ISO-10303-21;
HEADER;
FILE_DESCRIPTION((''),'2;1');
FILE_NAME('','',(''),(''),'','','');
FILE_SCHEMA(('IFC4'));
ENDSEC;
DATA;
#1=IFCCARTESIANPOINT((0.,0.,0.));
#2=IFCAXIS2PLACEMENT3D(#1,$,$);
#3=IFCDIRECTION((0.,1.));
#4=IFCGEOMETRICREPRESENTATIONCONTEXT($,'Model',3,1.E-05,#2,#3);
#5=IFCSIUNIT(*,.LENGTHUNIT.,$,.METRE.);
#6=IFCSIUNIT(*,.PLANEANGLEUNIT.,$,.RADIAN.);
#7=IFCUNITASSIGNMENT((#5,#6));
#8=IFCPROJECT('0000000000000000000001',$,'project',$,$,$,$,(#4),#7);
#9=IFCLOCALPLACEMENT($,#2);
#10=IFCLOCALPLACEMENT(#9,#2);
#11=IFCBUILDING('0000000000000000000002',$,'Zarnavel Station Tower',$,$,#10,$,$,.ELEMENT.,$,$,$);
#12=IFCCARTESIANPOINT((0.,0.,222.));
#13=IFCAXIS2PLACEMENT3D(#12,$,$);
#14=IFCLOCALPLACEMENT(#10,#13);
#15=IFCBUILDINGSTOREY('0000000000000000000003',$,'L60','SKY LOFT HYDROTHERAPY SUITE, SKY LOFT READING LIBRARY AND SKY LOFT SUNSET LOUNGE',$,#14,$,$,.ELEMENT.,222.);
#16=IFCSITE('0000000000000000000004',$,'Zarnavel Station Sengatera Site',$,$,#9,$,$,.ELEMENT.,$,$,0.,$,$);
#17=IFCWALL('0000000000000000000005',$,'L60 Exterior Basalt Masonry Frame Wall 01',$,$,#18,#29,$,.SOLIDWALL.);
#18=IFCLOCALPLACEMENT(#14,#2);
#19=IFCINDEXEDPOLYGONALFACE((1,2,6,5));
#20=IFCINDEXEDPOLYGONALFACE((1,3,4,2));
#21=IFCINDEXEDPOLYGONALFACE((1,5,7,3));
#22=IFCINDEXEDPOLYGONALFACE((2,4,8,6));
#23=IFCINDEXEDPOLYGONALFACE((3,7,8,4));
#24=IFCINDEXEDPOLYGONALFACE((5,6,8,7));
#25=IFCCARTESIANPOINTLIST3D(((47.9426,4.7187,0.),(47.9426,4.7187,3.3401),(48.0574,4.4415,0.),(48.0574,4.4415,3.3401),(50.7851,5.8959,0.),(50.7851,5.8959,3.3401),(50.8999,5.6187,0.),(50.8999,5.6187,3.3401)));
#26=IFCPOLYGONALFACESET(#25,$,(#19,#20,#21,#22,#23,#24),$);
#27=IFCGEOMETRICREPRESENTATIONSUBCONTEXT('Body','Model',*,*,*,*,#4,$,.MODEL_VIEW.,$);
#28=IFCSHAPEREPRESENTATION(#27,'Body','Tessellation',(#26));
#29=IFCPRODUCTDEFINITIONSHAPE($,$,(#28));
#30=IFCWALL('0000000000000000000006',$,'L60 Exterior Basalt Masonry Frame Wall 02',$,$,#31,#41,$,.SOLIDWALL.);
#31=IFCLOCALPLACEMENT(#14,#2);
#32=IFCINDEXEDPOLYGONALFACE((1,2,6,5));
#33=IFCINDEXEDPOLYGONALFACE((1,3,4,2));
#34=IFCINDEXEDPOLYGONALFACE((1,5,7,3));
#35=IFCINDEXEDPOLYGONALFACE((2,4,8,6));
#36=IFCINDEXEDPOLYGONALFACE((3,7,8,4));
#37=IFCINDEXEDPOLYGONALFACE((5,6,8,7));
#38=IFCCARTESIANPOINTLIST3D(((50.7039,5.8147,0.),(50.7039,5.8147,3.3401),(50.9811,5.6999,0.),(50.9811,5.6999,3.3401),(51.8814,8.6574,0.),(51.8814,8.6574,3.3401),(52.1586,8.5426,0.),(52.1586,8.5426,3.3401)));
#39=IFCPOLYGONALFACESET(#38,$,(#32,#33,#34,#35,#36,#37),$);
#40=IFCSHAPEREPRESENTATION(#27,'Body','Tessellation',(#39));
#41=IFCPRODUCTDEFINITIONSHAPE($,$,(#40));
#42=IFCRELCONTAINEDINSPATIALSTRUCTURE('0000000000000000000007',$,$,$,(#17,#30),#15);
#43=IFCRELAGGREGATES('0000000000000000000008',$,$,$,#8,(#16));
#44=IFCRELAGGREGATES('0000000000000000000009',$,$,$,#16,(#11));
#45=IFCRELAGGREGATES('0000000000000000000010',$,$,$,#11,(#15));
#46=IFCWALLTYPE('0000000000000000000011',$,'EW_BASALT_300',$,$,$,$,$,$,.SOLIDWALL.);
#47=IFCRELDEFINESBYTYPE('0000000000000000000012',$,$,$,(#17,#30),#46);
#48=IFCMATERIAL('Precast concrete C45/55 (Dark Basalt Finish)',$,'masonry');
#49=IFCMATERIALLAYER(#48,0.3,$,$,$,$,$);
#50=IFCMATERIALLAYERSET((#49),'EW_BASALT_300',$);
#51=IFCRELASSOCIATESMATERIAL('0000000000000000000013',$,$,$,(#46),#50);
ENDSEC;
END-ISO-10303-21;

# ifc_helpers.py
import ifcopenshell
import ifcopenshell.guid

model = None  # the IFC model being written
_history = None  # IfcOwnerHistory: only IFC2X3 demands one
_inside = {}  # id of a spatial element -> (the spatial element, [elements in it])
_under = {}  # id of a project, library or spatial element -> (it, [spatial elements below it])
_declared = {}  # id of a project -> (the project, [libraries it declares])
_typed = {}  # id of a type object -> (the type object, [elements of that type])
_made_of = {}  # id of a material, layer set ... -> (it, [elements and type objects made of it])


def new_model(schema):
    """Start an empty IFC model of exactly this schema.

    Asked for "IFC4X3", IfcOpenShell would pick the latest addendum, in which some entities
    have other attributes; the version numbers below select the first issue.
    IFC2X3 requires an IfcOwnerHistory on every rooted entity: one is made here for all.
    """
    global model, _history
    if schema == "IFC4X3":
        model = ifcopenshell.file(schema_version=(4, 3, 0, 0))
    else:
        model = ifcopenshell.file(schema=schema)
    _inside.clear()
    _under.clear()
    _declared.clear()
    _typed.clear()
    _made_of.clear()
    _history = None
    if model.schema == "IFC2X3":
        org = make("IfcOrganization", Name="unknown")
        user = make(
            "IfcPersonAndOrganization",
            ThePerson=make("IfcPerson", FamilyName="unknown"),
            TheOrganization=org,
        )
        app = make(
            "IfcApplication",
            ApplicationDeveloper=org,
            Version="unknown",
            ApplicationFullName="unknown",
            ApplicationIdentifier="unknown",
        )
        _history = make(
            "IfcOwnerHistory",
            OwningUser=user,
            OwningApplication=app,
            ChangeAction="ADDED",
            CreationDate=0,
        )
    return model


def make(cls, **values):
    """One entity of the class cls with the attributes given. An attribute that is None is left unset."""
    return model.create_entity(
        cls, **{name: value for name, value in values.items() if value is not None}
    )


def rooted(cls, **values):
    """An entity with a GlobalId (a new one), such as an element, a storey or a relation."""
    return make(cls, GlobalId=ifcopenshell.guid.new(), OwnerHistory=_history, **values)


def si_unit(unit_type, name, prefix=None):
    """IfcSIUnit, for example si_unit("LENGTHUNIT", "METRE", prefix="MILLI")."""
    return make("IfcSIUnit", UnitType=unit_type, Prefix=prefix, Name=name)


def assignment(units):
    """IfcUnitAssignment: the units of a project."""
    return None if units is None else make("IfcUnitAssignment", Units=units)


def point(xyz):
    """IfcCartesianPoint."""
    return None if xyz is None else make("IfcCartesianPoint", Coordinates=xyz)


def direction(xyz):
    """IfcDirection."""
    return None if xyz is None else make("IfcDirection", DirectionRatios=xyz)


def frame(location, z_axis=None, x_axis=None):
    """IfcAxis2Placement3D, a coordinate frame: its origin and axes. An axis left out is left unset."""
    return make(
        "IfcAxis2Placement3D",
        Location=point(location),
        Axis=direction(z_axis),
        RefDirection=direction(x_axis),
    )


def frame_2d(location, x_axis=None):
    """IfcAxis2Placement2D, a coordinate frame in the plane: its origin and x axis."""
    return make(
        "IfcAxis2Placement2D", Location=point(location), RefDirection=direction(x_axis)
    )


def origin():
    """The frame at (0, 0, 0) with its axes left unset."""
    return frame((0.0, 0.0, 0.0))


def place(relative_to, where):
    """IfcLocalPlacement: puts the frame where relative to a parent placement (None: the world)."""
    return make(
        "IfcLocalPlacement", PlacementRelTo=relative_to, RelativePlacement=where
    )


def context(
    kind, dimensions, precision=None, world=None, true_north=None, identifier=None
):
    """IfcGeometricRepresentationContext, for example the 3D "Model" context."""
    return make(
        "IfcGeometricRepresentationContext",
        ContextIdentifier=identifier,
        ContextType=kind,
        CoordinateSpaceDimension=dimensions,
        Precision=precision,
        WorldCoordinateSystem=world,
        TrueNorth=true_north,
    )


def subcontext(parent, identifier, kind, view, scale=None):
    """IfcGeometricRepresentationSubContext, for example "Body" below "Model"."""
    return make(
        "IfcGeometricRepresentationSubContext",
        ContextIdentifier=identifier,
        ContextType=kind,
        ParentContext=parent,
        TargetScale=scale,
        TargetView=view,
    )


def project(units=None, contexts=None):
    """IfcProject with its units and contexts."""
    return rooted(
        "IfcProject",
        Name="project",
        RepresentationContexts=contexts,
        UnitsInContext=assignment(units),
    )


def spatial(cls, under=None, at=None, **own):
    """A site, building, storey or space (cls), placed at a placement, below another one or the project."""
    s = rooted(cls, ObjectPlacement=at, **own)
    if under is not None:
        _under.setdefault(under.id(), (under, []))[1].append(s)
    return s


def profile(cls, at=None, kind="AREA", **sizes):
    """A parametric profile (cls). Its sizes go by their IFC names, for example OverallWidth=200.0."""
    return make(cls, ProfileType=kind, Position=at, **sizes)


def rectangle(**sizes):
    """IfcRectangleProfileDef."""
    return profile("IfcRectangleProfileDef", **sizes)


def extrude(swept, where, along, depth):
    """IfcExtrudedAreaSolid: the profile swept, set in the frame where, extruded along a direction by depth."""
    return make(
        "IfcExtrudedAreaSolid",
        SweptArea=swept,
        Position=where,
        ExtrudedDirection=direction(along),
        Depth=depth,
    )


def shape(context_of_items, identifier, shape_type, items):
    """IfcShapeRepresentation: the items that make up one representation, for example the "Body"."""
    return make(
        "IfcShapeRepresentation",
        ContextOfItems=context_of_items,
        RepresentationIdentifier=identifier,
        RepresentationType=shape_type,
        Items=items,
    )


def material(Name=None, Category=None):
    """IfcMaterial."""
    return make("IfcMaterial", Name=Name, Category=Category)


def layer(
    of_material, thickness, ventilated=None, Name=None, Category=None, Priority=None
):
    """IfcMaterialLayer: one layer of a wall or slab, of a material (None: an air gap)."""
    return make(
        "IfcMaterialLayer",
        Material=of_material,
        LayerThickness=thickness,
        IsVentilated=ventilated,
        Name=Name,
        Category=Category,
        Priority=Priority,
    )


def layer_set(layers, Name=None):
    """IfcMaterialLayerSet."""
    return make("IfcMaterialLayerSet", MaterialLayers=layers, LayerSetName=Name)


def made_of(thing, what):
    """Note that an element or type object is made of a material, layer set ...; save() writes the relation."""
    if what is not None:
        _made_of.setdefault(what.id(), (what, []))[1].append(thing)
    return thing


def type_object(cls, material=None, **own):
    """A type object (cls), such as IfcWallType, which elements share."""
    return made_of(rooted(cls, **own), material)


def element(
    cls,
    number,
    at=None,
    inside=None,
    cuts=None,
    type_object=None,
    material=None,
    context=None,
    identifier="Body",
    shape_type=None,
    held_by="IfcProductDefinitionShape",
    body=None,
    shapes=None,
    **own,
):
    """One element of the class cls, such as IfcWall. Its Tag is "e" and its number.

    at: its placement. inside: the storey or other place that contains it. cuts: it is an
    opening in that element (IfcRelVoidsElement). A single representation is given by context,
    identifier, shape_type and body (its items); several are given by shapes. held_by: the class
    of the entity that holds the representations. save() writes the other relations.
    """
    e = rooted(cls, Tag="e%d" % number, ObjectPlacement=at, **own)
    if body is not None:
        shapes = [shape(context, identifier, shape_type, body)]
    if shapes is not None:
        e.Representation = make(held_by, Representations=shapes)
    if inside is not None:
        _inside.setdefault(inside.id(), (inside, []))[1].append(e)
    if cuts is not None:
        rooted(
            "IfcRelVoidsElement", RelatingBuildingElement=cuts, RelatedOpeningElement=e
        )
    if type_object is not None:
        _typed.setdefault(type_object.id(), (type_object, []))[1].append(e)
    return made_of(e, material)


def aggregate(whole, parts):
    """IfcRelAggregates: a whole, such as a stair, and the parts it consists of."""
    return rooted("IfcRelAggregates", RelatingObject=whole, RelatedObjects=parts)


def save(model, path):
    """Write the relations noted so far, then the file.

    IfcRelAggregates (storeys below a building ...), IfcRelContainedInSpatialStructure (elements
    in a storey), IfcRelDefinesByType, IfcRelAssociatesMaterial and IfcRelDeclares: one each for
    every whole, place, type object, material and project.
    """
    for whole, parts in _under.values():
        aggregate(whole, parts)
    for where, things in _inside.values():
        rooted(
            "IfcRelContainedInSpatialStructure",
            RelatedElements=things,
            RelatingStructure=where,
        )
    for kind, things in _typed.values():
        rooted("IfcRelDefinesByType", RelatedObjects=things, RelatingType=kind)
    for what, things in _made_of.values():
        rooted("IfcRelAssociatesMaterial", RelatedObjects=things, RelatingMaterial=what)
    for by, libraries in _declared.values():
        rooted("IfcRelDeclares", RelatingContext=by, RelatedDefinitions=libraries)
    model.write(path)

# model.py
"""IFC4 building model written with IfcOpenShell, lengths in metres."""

from ifc_helpers import new_model, si_unit, direction, frame, frame_2d, origin, place, context, subcontext, project, spatial, rectangle, extrude, material, layer, layer_set, type_object, element, save


model = new_model("IFC4")

# Units and contexts
model_context = context("Model", 3, precision=1e-05, world=origin(), true_north=direction((0.0, 1.0)))
body_context = subcontext(model_context, "Body", "Model", "MODEL_VIEW")
ifc_project = project(units=[si_unit("LENGTHUNIT", "METRE"), si_unit("PLANEANGLEUNIT", "RADIAN")], contexts=[model_context])

# Site, building, storey
site_placement = place(None, origin())
site = spatial("IfcSite", under=ifc_project, at=site_placement, Name="Zarnavel Station Sengatera Site", CompositionType="ELEMENT", RefElevation=0.0)
building_placement = place(site_placement, origin())
building = spatial("IfcBuilding", under=site, at=building_placement, Name="Zarnavel Station Tower", CompositionType="ELEMENT")
storey_placement = place(building_placement, frame((0.0, 0.0, 222.0)))
storey = spatial("IfcBuildingStorey", under=building, at=storey_placement, Name="L60", Description="SKY LOFT HYDROTHERAPY SUITE, SKY LOFT READING LIBRARY AND SKY LOFT SUNSET LOUNGE", CompositionType="ELEMENT", Elevation=222.0)

# Walls
ifc_material_1 = material(Name="Precast concrete C45/55 (Dark Basalt Finish)", Category="masonry")
ifc_layer_1 = layer(ifc_material_1, 0.3)
ifc_layer_set_1 = layer_set([ifc_layer_1], Name="EW_BASALT_300")
wall_type_1 = type_object("IfcWallType", Name="EW_BASALT_300", PredefinedType="SOLIDWALL", material=ifc_layer_set_1)
wall_1_placement = place(storey_placement, frame((50.8425, 5.7573, 0.0), z_axis=(0.0, 0.0, 1.0), x_axis=(-0.923899, -0.382637, 0.0)))
element("IfcWall", 1, at=wall_1_placement, inside=storey, type_object=wall_type_1, Name="L60 Exterior Basalt Masonry Frame Wall 01", PredefinedType="SOLIDWALL", context=body_context, shape_type="SweptSolid", body=[
    extrude(rectangle(XDim=3.0767, YDim=0.3, at=frame_2d((1.5383, 0.0))), origin(), (0.0, 0.0, 1.0), 3.3401),
])
wall_2_placement = place(storey_placement, frame((52.02, 8.6001, 0.0), z_axis=(0.0, 0.0, 1.0), x_axis=(-0.382676, -0.923882, 0.0)))
element("IfcWall", 2, at=wall_2_placement, inside=storey, type_object=wall_type_1, Name="L60 Exterior Basalt Masonry Frame Wall 02", PredefinedType="SOLIDWALL", context=body_context, shape_type="SweptSolid", body=[
    extrude(rectangle(XDim=3.0769, YDim=0.3, at=frame_2d((1.5386, 0.0))), origin(), (0.0, 0.0, 1.0), 3.3401),
])

save(model, "model.ifc")
